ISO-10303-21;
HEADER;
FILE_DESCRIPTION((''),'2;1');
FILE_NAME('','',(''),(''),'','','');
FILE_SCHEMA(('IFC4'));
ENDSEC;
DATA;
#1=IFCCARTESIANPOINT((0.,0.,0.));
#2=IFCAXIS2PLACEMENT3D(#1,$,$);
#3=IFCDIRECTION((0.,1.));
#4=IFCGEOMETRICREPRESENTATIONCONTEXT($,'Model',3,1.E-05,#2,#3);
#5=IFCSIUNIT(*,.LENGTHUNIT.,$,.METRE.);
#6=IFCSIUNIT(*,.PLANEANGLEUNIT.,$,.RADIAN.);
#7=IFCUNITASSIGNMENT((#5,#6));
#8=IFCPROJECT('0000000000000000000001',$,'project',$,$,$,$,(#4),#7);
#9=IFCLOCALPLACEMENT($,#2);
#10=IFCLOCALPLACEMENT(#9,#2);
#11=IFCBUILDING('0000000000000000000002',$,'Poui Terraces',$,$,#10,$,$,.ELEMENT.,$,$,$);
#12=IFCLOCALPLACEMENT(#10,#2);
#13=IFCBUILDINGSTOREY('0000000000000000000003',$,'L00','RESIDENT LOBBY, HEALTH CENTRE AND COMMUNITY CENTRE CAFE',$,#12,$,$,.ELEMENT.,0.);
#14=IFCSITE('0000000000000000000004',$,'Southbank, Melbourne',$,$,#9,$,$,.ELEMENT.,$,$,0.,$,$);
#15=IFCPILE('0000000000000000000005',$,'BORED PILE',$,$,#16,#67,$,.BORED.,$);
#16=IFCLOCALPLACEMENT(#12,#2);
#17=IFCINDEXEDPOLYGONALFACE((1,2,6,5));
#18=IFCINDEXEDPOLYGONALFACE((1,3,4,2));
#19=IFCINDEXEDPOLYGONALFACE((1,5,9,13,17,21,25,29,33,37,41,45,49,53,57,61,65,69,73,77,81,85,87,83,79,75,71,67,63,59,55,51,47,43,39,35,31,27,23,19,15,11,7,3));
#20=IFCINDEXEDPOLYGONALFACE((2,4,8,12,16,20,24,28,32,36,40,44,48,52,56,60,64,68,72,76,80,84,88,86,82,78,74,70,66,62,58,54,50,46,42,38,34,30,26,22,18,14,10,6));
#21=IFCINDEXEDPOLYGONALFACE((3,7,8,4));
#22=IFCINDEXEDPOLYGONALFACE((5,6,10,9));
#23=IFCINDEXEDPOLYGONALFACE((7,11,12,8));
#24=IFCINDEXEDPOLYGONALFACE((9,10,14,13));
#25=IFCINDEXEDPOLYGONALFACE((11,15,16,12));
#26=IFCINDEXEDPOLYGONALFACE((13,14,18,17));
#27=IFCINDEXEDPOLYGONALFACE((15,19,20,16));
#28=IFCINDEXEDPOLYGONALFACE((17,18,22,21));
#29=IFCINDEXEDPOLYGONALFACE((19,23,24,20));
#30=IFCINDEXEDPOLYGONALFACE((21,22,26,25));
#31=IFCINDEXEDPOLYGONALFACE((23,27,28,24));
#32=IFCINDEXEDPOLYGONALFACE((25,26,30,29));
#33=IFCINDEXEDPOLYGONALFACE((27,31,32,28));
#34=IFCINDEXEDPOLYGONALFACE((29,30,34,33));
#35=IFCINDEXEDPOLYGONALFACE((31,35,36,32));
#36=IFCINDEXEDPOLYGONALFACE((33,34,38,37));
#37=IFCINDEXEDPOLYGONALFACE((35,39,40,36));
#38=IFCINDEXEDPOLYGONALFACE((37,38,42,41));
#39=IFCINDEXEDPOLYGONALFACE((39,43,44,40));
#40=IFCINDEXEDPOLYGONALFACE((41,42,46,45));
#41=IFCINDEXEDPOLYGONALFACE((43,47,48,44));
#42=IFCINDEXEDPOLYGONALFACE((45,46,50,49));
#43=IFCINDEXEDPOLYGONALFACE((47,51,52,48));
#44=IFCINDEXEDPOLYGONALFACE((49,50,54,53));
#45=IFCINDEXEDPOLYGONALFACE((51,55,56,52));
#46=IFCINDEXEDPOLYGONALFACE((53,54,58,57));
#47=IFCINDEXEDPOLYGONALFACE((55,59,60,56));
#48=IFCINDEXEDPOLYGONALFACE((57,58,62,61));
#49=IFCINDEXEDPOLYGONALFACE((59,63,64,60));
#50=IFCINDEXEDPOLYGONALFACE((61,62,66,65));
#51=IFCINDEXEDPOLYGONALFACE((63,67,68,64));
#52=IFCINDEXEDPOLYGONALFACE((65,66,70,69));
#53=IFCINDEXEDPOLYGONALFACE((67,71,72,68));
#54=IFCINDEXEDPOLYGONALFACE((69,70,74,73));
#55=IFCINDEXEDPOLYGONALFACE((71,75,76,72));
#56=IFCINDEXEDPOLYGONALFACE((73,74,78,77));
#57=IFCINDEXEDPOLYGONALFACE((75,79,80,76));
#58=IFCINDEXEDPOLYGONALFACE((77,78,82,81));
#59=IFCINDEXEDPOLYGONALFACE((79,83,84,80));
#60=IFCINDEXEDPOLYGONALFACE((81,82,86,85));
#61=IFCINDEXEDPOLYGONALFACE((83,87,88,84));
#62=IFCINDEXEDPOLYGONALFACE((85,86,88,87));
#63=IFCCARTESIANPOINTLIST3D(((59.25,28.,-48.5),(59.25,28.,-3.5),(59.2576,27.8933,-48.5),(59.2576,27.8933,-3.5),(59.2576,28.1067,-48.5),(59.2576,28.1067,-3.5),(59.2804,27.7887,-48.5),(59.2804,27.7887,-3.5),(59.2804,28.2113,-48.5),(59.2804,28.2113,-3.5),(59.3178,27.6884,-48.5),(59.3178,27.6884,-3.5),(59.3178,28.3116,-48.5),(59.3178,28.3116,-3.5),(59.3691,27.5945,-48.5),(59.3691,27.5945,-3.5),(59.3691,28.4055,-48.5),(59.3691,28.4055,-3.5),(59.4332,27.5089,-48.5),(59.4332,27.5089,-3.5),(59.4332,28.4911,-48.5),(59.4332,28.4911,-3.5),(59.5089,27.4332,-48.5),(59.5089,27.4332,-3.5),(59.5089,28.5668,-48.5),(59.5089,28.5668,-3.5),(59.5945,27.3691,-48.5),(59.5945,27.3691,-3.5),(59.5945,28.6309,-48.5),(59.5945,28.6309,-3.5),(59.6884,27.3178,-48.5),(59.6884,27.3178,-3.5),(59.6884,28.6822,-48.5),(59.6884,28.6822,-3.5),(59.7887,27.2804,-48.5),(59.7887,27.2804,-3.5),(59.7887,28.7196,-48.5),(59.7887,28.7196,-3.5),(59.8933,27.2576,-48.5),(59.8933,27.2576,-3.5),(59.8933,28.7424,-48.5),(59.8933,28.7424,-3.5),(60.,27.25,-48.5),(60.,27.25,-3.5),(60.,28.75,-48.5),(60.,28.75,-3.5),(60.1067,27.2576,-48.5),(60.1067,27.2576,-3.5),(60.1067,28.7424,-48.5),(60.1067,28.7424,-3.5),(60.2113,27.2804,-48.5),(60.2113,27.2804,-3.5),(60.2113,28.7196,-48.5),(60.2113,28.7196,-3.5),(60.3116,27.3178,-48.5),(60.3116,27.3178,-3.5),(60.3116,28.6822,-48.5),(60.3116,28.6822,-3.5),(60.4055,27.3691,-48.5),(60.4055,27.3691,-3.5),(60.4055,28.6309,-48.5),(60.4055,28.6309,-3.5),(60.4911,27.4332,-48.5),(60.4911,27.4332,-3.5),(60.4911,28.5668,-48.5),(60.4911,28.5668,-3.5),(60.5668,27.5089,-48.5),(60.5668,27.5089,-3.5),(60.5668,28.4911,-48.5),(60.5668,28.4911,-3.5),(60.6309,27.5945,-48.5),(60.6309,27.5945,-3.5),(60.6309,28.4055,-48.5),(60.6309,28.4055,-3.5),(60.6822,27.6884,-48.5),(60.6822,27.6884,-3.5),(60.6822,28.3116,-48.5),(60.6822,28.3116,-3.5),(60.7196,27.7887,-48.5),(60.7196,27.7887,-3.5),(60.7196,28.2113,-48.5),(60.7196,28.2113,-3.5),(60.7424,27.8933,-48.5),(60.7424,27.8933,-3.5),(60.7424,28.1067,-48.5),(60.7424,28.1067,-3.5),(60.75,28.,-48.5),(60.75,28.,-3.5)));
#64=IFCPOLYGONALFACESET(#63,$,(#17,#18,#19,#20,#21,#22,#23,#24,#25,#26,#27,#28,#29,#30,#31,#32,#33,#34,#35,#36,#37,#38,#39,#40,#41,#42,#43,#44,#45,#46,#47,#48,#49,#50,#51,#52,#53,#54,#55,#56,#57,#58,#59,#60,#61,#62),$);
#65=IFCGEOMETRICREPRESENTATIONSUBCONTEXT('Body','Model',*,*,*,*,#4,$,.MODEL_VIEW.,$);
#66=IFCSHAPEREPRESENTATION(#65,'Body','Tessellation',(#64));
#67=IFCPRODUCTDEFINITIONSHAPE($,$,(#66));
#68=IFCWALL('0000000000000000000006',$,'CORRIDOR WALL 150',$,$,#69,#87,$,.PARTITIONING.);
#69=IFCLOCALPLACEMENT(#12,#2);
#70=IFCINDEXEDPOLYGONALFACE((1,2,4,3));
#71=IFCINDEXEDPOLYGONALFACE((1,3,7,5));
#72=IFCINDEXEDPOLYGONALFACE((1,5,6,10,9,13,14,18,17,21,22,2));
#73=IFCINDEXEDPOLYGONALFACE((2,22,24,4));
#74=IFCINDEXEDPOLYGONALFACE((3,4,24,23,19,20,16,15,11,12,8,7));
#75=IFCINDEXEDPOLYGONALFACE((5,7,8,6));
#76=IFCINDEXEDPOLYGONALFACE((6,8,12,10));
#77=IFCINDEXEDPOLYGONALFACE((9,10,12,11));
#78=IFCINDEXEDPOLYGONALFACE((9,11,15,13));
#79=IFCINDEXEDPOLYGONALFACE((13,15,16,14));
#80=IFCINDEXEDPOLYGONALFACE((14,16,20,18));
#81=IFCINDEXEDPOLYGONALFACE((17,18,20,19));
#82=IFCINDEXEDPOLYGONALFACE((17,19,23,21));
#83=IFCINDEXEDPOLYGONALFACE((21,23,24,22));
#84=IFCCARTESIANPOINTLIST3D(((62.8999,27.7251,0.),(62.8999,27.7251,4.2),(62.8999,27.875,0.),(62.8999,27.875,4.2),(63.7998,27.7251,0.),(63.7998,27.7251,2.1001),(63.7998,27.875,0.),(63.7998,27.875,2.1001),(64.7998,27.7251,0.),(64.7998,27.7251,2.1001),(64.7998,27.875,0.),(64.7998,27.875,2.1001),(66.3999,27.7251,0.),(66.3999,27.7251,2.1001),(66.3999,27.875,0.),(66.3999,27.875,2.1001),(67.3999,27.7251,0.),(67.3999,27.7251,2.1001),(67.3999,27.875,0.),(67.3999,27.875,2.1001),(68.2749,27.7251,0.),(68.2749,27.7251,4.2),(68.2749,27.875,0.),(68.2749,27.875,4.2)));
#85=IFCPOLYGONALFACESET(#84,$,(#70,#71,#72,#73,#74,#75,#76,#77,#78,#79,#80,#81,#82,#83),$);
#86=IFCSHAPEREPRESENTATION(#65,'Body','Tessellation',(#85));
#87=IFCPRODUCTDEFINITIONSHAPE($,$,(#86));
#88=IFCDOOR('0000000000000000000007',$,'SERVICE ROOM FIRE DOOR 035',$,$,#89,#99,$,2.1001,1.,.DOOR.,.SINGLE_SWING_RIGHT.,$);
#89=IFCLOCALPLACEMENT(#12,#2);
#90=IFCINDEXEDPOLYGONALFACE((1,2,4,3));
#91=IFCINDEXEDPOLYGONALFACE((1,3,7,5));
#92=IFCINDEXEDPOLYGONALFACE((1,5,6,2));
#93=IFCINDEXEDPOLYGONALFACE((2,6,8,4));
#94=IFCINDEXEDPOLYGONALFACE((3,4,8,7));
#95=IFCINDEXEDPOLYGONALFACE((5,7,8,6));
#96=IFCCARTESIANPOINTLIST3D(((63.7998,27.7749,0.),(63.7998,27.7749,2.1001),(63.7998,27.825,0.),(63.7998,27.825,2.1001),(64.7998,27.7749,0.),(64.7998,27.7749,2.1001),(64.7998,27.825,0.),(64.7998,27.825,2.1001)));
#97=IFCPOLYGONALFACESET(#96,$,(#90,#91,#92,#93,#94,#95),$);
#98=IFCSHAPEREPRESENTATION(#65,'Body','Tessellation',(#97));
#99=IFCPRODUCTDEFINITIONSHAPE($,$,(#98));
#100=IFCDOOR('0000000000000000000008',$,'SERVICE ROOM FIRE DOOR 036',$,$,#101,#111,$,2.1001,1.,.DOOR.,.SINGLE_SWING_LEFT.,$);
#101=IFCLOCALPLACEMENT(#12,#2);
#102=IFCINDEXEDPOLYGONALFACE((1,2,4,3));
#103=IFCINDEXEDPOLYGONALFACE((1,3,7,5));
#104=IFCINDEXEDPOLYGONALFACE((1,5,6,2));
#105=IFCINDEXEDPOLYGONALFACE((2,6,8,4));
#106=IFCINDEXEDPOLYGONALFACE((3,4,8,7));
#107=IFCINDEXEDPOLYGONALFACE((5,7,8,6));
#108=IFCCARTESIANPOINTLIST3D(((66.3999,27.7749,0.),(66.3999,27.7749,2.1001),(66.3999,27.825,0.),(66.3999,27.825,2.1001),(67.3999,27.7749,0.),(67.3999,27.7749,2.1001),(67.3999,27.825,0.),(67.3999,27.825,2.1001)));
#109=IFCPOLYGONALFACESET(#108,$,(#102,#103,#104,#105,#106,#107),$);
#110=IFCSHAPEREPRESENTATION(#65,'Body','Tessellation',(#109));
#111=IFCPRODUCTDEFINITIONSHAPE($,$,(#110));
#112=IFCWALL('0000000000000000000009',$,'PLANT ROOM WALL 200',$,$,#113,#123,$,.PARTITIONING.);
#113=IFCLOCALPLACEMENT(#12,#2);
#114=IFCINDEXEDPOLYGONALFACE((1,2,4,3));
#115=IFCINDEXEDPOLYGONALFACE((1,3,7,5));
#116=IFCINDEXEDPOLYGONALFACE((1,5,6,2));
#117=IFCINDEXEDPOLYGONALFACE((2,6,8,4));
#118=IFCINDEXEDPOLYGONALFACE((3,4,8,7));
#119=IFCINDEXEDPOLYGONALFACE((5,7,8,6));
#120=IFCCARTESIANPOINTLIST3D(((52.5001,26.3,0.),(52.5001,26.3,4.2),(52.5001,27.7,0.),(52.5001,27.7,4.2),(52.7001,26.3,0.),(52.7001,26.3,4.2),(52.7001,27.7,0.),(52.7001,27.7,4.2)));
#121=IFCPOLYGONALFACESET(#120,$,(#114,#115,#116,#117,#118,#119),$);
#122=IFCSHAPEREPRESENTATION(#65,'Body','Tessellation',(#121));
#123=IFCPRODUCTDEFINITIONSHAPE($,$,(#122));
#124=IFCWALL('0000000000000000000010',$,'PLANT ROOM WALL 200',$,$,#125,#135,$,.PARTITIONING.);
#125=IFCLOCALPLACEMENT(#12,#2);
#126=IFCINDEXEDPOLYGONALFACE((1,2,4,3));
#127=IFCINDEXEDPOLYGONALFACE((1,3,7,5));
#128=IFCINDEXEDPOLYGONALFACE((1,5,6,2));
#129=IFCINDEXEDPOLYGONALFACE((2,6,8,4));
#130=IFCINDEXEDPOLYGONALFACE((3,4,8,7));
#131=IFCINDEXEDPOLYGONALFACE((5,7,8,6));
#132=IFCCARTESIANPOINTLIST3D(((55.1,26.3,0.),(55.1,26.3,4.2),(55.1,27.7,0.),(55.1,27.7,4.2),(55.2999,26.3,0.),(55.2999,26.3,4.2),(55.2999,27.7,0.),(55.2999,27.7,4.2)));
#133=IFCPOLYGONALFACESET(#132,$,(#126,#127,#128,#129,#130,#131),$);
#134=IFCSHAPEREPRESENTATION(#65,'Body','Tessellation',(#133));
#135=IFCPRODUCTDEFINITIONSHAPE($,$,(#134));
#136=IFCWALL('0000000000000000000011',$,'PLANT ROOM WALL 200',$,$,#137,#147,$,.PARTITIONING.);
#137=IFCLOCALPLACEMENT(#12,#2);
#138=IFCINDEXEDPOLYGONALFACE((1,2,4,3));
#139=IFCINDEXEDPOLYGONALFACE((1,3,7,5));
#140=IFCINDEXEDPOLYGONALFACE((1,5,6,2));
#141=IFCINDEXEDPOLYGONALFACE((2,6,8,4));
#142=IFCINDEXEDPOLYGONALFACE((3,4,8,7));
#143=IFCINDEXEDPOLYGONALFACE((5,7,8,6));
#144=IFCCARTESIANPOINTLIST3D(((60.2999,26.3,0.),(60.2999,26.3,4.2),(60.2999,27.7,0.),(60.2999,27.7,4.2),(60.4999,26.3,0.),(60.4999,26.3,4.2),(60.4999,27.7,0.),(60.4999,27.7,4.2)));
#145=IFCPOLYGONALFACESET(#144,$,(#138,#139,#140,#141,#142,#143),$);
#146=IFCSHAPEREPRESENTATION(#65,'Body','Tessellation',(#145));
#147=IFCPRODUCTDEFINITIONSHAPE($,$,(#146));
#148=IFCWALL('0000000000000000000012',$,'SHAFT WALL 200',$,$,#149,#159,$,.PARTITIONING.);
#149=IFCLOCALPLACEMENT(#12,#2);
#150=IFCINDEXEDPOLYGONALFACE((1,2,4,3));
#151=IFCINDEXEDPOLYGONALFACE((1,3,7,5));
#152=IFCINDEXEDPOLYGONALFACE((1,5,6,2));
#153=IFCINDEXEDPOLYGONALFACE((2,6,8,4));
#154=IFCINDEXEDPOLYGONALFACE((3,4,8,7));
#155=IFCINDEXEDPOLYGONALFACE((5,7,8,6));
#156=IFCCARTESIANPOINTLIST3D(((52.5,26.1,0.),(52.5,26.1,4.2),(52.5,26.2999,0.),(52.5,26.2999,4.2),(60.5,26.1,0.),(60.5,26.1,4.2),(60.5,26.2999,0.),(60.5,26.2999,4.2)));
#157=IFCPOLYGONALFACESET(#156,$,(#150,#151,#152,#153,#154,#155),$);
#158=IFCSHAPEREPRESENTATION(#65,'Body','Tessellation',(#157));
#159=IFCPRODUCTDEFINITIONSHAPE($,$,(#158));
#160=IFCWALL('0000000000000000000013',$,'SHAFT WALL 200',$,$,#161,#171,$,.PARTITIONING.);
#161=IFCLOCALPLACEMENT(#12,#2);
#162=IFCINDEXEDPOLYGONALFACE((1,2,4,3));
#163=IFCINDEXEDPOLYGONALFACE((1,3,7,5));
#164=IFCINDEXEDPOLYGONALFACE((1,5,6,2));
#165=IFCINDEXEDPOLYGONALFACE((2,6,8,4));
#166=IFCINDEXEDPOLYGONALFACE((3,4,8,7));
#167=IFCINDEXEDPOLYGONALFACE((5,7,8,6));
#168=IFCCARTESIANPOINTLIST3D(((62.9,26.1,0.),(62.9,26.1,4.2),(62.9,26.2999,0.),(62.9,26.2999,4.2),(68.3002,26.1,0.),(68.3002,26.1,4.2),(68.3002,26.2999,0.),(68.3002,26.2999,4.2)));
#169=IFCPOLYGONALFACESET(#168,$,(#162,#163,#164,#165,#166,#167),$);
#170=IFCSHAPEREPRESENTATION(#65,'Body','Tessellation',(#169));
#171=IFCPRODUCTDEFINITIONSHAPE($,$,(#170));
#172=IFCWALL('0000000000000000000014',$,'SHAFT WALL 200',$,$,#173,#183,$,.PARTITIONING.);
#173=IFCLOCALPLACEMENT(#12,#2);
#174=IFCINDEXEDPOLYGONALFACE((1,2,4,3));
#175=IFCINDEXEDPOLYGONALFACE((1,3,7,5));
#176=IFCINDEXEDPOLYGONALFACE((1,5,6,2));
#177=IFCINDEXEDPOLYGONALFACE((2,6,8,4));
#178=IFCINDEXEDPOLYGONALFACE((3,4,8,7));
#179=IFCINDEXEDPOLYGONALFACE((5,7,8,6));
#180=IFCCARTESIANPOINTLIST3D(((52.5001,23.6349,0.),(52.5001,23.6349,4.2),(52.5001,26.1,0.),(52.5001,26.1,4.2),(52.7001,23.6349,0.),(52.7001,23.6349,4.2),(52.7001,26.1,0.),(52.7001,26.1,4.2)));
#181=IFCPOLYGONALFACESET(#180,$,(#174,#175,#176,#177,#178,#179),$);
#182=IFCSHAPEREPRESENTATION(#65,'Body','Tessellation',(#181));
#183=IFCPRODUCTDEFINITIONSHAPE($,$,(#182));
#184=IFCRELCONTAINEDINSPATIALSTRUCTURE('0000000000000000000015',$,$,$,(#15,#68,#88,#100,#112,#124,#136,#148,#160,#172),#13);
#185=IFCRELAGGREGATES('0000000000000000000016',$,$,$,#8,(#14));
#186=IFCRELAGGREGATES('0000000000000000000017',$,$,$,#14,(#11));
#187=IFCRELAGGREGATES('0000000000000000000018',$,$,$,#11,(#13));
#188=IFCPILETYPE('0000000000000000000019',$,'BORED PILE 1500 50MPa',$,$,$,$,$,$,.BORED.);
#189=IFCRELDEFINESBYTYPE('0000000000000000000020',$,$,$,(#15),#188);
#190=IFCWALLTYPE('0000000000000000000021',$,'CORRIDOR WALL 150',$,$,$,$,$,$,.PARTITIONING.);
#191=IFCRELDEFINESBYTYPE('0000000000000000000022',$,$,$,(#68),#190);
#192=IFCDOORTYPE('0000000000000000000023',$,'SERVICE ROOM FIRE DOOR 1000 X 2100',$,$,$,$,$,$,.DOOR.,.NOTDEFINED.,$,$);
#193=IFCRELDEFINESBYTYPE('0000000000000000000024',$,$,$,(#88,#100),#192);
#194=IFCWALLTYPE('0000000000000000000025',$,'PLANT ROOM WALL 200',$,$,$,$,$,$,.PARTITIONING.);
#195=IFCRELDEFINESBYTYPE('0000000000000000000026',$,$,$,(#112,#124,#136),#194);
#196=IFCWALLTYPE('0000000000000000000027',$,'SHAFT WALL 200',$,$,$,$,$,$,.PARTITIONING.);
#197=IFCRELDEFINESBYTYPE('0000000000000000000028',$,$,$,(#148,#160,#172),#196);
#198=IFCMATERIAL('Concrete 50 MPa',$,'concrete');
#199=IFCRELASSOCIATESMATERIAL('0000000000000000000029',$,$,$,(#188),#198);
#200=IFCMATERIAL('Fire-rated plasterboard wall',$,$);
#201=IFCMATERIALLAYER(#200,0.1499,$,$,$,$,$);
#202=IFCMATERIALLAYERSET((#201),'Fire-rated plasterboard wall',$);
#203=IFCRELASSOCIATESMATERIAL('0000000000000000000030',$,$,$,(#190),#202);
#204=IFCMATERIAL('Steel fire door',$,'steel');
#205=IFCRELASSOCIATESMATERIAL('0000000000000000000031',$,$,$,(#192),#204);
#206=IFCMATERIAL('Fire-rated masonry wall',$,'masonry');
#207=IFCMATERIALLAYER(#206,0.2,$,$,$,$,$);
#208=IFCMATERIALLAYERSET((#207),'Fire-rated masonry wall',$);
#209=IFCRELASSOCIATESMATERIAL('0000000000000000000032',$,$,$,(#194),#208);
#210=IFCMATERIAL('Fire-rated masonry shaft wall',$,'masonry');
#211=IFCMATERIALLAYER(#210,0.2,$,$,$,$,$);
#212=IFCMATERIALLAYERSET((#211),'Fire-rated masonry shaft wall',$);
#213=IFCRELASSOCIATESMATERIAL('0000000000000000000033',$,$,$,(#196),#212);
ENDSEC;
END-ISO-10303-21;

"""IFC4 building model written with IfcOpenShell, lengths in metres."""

from ifc_helpers import new_model, si_unit, direction, frame, frame_2d, origin, origin_2d, place, context, subcontext, project, spatial, rectangle, circle, extrude, material, layer, layer_set, material_profile, profile_set, type_object, element, fill, save


model = new_model("IFC4")

# Units and contexts
model_context = context("Model", 3, precision=1e-05, world=origin(), true_north=direction((0.0, 1.0)))
body_context = subcontext(model_context, "Body", "Model", "MODEL_VIEW")
ifc_project = project(units=[si_unit("LENGTHUNIT", "METRE"), si_unit("PLANEANGLEUNIT", "RADIAN")], contexts=[model_context])

# Site, building, storey
site_placement = place(None, origin())
site = spatial("IfcSite", under=ifc_project, at=site_placement, Name="Southbank, Melbourne", CompositionType="ELEMENT", RefElevation=0.0)
building_placement = place(site_placement, origin())
building = spatial("IfcBuilding", under=site, at=building_placement, Name="Poui Terraces", CompositionType="ELEMENT")
storey_placement = place(building_placement, origin())
storey = spatial("IfcBuildingStorey", under=building, at=storey_placement, Name="L00", Description="RESIDENT LOBBY, HEALTH CENTRE AND COMMUNITY CENTRE CAFE", CompositionType="ELEMENT", Elevation=0.0)

# Pile
ifc_material_1 = material(Name="Concrete 50 MPa", Category="concrete")
ifc_material_profile = material_profile(ifc_material_1, circle(Radius=0.75, at=origin_2d()), Name="RC D1500")
ifc_profile_set = profile_set([ifc_material_profile], Name="Concrete 50 MPa")
pile_type = type_object("IfcPileType", Name="BORED PILE 1500 50MPa", PredefinedType="BORED", material=ifc_profile_set)
for number, where, z_axis, x_axis, name in (
    (1, (60.0, 28.0, -3.5), (0.0, 0.0, -1.0), (1.0, 0.0, 0.0), "BORED PILE"),
):
    element("IfcPile", number, at=place(storey_placement, frame(where, z_axis=z_axis, x_axis=x_axis)), inside=storey, type_object=pile_type, Name=name, PredefinedType="BORED", context=body_context, shape_type="SweptSolid", body=[
        extrude(circle(Radius=0.75, at=origin_2d()), origin(), (0.0, 0.0, 1.0), 45.0),
    ])

# Wall, openings, doors
ifc_material_2 = material(Name="Fire-rated plasterboard wall")
ifc_layer_1 = layer(ifc_material_2, 0.1499)
ifc_layer_set_1 = layer_set([ifc_layer_1], Name="Fire-rated plasterboard wall")
wall_type_1 = type_object("IfcWallType", Name="CORRIDOR WALL 150", PredefinedType="PARTITIONING", material=ifc_layer_set_1)
wall_1_placement = place(storey_placement, frame((62.8999, 27.8, 0.0), z_axis=(0.0, 0.0, 1.0), x_axis=(1.0, 0.0, 0.0)))
wall_1 = element("IfcWall", 2, at=wall_1_placement, inside=storey, type_object=wall_type_1, Name="CORRIDOR WALL 150", PredefinedType="PARTITIONING", context=body_context, shape_type="SweptSolid", body=[
    extrude(rectangle(XDim=5.375, YDim=0.1499, at=frame_2d((2.6875, 0.0))), origin(), (0.0, 0.0, 1.0), 4.2),
])
opening_1_placement = place(wall_1_placement, frame((0.8999, 0.0, 0.0)))
opening_1 = element("IfcOpeningElement", 3, at=opening_1_placement, cuts=wall_1, PredefinedType="OPENING", context=body_context, shape_type="SweptSolid", body=[
    extrude(rectangle(XDim=1.0, YDim=2.1001, at=frame_2d((0.5, 1.05))), frame((0.0, 0.085, 0.0), z_axis=(0.0, -1.0, 0.0), x_axis=(1.0, 0.0, 0.0)), (0.0, 0.0, 1.0), 0.1699),
])
opening_2_placement = place(wall_1_placement, frame((3.5, 0.0, 0.0)))
opening_2 = element("IfcOpeningElement", 4, at=opening_2_placement, cuts=wall_1, PredefinedType="OPENING", context=body_context, shape_type="SweptSolid", body=[
    extrude(rectangle(XDim=1.0, YDim=2.1001, at=frame_2d((0.5, 1.05))), frame((0.0, 0.085, 0.0), z_axis=(0.0, -1.0, 0.0), x_axis=(1.0, 0.0, 0.0)), (0.0, 0.0, 1.0), 0.1699),
])
ifc_material_3 = material(Name="Steel fire door", Category="steel")
door_type = type_object("IfcDoorType", Name="SERVICE ROOM FIRE DOOR 1000 X 2100", OperationType="NOTDEFINED", PredefinedType="DOOR", material=ifc_material_3)
door_1_placement = place(opening_1_placement, origin())
door_1 = element("IfcDoor", 5, at=door_1_placement, inside=storey, type_object=door_type, Name="SERVICE ROOM FIRE DOOR 035", OperationType="SINGLE_SWING_RIGHT", OverallHeight=2.1001, OverallWidth=1.0, PredefinedType="DOOR", context=body_context, shape_type="SweptSolid", body=[
    extrude(rectangle(XDim=1.0, YDim=2.1001, at=frame_2d((0.5, 1.05))), frame((0.0, 0.0249, 0.0), z_axis=(0.0, -1.0, 0.0), x_axis=(1.0, 0.0, 0.0)), (0.0, 0.0, 1.0), 0.05),
])
fill(opening_1, door_1)
door_2_placement = place(opening_2_placement, origin())
door_2 = element("IfcDoor", 6, at=door_2_placement, inside=storey, type_object=door_type, Name="SERVICE ROOM FIRE DOOR 036", OperationType="SINGLE_SWING_LEFT", OverallHeight=2.1001, OverallWidth=1.0, PredefinedType="DOOR", context=body_context, shape_type="SweptSolid", body=[
    extrude(rectangle(XDim=1.0, YDim=2.1001, at=frame_2d((0.5, 1.05))), frame((0.0, 0.0249, 0.0), z_axis=(0.0, -1.0, 0.0), x_axis=(1.0, 0.0, 0.0)), (0.0, 0.0, 1.0), 0.05),
])
fill(opening_2, door_2)

# Walls
ifc_material_4 = material(Name="Fire-rated masonry wall", Category="masonry")
ifc_layer_2 = layer(ifc_material_4, 0.2)
ifc_layer_set_2 = layer_set([ifc_layer_2], Name="Fire-rated masonry wall")
wall_type_2 = type_object("IfcWallType", Name="PLANT ROOM WALL 200", PredefinedType="PARTITIONING", material=ifc_layer_set_2)
for number, where, z_axis, x_axis, name in (
    (7, (52.6001, 26.3, 0.0), (0.0, 0.0, 1.0), (0.0, 1.0, 0.0), "PLANT ROOM WALL 200"),
    (8, (55.2, 26.3, 0.0), (0.0, 0.0, 1.0), (0.0, 1.0, 0.0), "PLANT ROOM WALL 200"),
    (9, (60.3999, 26.3, 0.0), (0.0, 0.0, 1.0), (0.0, 1.0, 0.0), "PLANT ROOM WALL 200"),
):
    element("IfcWall", number, at=place(storey_placement, frame(where, z_axis=z_axis, x_axis=x_axis)), inside=storey, type_object=wall_type_2, Name=name, PredefinedType="PARTITIONING", context=body_context, shape_type="SweptSolid", body=[
        extrude(rectangle(XDim=1.3999, YDim=0.2, at=frame_2d((0.7, 0.0))), origin(), (0.0, 0.0, 1.0), 4.2),
    ])
ifc_material_5 = material(Name="Fire-rated masonry shaft wall", Category="masonry")
ifc_layer_3 = layer(ifc_material_5, 0.2)
ifc_layer_set_3 = layer_set([ifc_layer_3], Name="Fire-rated masonry shaft wall")
wall_type_3 = type_object("IfcWallType", Name="SHAFT WALL 200", PredefinedType="PARTITIONING", material=ifc_layer_set_3)
wall_2_placement = place(storey_placement, frame((52.5, 26.2, 0.0), z_axis=(0.0, 0.0, 1.0), x_axis=(1.0, 0.0, 0.0)))
element("IfcWall", 10, at=wall_2_placement, inside=storey, type_object=wall_type_3, Name="SHAFT WALL 200", PredefinedType="PARTITIONING", context=body_context, shape_type="SweptSolid", body=[
    extrude(rectangle(XDim=8.0, YDim=0.2, at=frame_2d((4.0, 0.0))), origin(), (0.0, 0.0, 1.0), 4.2),
])
wall_3_placement = place(storey_placement, frame((62.8999, 26.2, 0.0), z_axis=(0.0, 0.0, 1.0), x_axis=(1.0, 0.0, 0.0)))
element("IfcWall", 11, at=wall_3_placement, inside=storey, type_object=wall_type_3, Name="SHAFT WALL 200", PredefinedType="PARTITIONING", context=body_context, shape_type="SweptSolid", body=[
    extrude(rectangle(XDim=5.4001, YDim=0.2, at=frame_2d((2.7002, 0.0))), origin(), (0.0, 0.0, 1.0), 4.2),
])
for number, where, z_axis, x_axis, name in (
    (12, (52.6001, 23.635, 0.0), (0.0, 0.0, 1.0), (0.0, 1.0, 0.0), "SHAFT WALL 200"),
):
    element("IfcWall", number, at=place(storey_placement, frame(where, z_axis=z_axis, x_axis=x_axis)), inside=storey, type_object=wall_type_3, Name=name, PredefinedType="PARTITIONING", context=body_context, shape_type="SweptSolid", body=[
        extrude(rectangle(XDim=2.4651, YDim=0.2, at=frame_2d((1.2324, 0.0))), origin(), (0.0, 0.0, 1.0), 4.2),
    ])

save(model, "model.ifc")
